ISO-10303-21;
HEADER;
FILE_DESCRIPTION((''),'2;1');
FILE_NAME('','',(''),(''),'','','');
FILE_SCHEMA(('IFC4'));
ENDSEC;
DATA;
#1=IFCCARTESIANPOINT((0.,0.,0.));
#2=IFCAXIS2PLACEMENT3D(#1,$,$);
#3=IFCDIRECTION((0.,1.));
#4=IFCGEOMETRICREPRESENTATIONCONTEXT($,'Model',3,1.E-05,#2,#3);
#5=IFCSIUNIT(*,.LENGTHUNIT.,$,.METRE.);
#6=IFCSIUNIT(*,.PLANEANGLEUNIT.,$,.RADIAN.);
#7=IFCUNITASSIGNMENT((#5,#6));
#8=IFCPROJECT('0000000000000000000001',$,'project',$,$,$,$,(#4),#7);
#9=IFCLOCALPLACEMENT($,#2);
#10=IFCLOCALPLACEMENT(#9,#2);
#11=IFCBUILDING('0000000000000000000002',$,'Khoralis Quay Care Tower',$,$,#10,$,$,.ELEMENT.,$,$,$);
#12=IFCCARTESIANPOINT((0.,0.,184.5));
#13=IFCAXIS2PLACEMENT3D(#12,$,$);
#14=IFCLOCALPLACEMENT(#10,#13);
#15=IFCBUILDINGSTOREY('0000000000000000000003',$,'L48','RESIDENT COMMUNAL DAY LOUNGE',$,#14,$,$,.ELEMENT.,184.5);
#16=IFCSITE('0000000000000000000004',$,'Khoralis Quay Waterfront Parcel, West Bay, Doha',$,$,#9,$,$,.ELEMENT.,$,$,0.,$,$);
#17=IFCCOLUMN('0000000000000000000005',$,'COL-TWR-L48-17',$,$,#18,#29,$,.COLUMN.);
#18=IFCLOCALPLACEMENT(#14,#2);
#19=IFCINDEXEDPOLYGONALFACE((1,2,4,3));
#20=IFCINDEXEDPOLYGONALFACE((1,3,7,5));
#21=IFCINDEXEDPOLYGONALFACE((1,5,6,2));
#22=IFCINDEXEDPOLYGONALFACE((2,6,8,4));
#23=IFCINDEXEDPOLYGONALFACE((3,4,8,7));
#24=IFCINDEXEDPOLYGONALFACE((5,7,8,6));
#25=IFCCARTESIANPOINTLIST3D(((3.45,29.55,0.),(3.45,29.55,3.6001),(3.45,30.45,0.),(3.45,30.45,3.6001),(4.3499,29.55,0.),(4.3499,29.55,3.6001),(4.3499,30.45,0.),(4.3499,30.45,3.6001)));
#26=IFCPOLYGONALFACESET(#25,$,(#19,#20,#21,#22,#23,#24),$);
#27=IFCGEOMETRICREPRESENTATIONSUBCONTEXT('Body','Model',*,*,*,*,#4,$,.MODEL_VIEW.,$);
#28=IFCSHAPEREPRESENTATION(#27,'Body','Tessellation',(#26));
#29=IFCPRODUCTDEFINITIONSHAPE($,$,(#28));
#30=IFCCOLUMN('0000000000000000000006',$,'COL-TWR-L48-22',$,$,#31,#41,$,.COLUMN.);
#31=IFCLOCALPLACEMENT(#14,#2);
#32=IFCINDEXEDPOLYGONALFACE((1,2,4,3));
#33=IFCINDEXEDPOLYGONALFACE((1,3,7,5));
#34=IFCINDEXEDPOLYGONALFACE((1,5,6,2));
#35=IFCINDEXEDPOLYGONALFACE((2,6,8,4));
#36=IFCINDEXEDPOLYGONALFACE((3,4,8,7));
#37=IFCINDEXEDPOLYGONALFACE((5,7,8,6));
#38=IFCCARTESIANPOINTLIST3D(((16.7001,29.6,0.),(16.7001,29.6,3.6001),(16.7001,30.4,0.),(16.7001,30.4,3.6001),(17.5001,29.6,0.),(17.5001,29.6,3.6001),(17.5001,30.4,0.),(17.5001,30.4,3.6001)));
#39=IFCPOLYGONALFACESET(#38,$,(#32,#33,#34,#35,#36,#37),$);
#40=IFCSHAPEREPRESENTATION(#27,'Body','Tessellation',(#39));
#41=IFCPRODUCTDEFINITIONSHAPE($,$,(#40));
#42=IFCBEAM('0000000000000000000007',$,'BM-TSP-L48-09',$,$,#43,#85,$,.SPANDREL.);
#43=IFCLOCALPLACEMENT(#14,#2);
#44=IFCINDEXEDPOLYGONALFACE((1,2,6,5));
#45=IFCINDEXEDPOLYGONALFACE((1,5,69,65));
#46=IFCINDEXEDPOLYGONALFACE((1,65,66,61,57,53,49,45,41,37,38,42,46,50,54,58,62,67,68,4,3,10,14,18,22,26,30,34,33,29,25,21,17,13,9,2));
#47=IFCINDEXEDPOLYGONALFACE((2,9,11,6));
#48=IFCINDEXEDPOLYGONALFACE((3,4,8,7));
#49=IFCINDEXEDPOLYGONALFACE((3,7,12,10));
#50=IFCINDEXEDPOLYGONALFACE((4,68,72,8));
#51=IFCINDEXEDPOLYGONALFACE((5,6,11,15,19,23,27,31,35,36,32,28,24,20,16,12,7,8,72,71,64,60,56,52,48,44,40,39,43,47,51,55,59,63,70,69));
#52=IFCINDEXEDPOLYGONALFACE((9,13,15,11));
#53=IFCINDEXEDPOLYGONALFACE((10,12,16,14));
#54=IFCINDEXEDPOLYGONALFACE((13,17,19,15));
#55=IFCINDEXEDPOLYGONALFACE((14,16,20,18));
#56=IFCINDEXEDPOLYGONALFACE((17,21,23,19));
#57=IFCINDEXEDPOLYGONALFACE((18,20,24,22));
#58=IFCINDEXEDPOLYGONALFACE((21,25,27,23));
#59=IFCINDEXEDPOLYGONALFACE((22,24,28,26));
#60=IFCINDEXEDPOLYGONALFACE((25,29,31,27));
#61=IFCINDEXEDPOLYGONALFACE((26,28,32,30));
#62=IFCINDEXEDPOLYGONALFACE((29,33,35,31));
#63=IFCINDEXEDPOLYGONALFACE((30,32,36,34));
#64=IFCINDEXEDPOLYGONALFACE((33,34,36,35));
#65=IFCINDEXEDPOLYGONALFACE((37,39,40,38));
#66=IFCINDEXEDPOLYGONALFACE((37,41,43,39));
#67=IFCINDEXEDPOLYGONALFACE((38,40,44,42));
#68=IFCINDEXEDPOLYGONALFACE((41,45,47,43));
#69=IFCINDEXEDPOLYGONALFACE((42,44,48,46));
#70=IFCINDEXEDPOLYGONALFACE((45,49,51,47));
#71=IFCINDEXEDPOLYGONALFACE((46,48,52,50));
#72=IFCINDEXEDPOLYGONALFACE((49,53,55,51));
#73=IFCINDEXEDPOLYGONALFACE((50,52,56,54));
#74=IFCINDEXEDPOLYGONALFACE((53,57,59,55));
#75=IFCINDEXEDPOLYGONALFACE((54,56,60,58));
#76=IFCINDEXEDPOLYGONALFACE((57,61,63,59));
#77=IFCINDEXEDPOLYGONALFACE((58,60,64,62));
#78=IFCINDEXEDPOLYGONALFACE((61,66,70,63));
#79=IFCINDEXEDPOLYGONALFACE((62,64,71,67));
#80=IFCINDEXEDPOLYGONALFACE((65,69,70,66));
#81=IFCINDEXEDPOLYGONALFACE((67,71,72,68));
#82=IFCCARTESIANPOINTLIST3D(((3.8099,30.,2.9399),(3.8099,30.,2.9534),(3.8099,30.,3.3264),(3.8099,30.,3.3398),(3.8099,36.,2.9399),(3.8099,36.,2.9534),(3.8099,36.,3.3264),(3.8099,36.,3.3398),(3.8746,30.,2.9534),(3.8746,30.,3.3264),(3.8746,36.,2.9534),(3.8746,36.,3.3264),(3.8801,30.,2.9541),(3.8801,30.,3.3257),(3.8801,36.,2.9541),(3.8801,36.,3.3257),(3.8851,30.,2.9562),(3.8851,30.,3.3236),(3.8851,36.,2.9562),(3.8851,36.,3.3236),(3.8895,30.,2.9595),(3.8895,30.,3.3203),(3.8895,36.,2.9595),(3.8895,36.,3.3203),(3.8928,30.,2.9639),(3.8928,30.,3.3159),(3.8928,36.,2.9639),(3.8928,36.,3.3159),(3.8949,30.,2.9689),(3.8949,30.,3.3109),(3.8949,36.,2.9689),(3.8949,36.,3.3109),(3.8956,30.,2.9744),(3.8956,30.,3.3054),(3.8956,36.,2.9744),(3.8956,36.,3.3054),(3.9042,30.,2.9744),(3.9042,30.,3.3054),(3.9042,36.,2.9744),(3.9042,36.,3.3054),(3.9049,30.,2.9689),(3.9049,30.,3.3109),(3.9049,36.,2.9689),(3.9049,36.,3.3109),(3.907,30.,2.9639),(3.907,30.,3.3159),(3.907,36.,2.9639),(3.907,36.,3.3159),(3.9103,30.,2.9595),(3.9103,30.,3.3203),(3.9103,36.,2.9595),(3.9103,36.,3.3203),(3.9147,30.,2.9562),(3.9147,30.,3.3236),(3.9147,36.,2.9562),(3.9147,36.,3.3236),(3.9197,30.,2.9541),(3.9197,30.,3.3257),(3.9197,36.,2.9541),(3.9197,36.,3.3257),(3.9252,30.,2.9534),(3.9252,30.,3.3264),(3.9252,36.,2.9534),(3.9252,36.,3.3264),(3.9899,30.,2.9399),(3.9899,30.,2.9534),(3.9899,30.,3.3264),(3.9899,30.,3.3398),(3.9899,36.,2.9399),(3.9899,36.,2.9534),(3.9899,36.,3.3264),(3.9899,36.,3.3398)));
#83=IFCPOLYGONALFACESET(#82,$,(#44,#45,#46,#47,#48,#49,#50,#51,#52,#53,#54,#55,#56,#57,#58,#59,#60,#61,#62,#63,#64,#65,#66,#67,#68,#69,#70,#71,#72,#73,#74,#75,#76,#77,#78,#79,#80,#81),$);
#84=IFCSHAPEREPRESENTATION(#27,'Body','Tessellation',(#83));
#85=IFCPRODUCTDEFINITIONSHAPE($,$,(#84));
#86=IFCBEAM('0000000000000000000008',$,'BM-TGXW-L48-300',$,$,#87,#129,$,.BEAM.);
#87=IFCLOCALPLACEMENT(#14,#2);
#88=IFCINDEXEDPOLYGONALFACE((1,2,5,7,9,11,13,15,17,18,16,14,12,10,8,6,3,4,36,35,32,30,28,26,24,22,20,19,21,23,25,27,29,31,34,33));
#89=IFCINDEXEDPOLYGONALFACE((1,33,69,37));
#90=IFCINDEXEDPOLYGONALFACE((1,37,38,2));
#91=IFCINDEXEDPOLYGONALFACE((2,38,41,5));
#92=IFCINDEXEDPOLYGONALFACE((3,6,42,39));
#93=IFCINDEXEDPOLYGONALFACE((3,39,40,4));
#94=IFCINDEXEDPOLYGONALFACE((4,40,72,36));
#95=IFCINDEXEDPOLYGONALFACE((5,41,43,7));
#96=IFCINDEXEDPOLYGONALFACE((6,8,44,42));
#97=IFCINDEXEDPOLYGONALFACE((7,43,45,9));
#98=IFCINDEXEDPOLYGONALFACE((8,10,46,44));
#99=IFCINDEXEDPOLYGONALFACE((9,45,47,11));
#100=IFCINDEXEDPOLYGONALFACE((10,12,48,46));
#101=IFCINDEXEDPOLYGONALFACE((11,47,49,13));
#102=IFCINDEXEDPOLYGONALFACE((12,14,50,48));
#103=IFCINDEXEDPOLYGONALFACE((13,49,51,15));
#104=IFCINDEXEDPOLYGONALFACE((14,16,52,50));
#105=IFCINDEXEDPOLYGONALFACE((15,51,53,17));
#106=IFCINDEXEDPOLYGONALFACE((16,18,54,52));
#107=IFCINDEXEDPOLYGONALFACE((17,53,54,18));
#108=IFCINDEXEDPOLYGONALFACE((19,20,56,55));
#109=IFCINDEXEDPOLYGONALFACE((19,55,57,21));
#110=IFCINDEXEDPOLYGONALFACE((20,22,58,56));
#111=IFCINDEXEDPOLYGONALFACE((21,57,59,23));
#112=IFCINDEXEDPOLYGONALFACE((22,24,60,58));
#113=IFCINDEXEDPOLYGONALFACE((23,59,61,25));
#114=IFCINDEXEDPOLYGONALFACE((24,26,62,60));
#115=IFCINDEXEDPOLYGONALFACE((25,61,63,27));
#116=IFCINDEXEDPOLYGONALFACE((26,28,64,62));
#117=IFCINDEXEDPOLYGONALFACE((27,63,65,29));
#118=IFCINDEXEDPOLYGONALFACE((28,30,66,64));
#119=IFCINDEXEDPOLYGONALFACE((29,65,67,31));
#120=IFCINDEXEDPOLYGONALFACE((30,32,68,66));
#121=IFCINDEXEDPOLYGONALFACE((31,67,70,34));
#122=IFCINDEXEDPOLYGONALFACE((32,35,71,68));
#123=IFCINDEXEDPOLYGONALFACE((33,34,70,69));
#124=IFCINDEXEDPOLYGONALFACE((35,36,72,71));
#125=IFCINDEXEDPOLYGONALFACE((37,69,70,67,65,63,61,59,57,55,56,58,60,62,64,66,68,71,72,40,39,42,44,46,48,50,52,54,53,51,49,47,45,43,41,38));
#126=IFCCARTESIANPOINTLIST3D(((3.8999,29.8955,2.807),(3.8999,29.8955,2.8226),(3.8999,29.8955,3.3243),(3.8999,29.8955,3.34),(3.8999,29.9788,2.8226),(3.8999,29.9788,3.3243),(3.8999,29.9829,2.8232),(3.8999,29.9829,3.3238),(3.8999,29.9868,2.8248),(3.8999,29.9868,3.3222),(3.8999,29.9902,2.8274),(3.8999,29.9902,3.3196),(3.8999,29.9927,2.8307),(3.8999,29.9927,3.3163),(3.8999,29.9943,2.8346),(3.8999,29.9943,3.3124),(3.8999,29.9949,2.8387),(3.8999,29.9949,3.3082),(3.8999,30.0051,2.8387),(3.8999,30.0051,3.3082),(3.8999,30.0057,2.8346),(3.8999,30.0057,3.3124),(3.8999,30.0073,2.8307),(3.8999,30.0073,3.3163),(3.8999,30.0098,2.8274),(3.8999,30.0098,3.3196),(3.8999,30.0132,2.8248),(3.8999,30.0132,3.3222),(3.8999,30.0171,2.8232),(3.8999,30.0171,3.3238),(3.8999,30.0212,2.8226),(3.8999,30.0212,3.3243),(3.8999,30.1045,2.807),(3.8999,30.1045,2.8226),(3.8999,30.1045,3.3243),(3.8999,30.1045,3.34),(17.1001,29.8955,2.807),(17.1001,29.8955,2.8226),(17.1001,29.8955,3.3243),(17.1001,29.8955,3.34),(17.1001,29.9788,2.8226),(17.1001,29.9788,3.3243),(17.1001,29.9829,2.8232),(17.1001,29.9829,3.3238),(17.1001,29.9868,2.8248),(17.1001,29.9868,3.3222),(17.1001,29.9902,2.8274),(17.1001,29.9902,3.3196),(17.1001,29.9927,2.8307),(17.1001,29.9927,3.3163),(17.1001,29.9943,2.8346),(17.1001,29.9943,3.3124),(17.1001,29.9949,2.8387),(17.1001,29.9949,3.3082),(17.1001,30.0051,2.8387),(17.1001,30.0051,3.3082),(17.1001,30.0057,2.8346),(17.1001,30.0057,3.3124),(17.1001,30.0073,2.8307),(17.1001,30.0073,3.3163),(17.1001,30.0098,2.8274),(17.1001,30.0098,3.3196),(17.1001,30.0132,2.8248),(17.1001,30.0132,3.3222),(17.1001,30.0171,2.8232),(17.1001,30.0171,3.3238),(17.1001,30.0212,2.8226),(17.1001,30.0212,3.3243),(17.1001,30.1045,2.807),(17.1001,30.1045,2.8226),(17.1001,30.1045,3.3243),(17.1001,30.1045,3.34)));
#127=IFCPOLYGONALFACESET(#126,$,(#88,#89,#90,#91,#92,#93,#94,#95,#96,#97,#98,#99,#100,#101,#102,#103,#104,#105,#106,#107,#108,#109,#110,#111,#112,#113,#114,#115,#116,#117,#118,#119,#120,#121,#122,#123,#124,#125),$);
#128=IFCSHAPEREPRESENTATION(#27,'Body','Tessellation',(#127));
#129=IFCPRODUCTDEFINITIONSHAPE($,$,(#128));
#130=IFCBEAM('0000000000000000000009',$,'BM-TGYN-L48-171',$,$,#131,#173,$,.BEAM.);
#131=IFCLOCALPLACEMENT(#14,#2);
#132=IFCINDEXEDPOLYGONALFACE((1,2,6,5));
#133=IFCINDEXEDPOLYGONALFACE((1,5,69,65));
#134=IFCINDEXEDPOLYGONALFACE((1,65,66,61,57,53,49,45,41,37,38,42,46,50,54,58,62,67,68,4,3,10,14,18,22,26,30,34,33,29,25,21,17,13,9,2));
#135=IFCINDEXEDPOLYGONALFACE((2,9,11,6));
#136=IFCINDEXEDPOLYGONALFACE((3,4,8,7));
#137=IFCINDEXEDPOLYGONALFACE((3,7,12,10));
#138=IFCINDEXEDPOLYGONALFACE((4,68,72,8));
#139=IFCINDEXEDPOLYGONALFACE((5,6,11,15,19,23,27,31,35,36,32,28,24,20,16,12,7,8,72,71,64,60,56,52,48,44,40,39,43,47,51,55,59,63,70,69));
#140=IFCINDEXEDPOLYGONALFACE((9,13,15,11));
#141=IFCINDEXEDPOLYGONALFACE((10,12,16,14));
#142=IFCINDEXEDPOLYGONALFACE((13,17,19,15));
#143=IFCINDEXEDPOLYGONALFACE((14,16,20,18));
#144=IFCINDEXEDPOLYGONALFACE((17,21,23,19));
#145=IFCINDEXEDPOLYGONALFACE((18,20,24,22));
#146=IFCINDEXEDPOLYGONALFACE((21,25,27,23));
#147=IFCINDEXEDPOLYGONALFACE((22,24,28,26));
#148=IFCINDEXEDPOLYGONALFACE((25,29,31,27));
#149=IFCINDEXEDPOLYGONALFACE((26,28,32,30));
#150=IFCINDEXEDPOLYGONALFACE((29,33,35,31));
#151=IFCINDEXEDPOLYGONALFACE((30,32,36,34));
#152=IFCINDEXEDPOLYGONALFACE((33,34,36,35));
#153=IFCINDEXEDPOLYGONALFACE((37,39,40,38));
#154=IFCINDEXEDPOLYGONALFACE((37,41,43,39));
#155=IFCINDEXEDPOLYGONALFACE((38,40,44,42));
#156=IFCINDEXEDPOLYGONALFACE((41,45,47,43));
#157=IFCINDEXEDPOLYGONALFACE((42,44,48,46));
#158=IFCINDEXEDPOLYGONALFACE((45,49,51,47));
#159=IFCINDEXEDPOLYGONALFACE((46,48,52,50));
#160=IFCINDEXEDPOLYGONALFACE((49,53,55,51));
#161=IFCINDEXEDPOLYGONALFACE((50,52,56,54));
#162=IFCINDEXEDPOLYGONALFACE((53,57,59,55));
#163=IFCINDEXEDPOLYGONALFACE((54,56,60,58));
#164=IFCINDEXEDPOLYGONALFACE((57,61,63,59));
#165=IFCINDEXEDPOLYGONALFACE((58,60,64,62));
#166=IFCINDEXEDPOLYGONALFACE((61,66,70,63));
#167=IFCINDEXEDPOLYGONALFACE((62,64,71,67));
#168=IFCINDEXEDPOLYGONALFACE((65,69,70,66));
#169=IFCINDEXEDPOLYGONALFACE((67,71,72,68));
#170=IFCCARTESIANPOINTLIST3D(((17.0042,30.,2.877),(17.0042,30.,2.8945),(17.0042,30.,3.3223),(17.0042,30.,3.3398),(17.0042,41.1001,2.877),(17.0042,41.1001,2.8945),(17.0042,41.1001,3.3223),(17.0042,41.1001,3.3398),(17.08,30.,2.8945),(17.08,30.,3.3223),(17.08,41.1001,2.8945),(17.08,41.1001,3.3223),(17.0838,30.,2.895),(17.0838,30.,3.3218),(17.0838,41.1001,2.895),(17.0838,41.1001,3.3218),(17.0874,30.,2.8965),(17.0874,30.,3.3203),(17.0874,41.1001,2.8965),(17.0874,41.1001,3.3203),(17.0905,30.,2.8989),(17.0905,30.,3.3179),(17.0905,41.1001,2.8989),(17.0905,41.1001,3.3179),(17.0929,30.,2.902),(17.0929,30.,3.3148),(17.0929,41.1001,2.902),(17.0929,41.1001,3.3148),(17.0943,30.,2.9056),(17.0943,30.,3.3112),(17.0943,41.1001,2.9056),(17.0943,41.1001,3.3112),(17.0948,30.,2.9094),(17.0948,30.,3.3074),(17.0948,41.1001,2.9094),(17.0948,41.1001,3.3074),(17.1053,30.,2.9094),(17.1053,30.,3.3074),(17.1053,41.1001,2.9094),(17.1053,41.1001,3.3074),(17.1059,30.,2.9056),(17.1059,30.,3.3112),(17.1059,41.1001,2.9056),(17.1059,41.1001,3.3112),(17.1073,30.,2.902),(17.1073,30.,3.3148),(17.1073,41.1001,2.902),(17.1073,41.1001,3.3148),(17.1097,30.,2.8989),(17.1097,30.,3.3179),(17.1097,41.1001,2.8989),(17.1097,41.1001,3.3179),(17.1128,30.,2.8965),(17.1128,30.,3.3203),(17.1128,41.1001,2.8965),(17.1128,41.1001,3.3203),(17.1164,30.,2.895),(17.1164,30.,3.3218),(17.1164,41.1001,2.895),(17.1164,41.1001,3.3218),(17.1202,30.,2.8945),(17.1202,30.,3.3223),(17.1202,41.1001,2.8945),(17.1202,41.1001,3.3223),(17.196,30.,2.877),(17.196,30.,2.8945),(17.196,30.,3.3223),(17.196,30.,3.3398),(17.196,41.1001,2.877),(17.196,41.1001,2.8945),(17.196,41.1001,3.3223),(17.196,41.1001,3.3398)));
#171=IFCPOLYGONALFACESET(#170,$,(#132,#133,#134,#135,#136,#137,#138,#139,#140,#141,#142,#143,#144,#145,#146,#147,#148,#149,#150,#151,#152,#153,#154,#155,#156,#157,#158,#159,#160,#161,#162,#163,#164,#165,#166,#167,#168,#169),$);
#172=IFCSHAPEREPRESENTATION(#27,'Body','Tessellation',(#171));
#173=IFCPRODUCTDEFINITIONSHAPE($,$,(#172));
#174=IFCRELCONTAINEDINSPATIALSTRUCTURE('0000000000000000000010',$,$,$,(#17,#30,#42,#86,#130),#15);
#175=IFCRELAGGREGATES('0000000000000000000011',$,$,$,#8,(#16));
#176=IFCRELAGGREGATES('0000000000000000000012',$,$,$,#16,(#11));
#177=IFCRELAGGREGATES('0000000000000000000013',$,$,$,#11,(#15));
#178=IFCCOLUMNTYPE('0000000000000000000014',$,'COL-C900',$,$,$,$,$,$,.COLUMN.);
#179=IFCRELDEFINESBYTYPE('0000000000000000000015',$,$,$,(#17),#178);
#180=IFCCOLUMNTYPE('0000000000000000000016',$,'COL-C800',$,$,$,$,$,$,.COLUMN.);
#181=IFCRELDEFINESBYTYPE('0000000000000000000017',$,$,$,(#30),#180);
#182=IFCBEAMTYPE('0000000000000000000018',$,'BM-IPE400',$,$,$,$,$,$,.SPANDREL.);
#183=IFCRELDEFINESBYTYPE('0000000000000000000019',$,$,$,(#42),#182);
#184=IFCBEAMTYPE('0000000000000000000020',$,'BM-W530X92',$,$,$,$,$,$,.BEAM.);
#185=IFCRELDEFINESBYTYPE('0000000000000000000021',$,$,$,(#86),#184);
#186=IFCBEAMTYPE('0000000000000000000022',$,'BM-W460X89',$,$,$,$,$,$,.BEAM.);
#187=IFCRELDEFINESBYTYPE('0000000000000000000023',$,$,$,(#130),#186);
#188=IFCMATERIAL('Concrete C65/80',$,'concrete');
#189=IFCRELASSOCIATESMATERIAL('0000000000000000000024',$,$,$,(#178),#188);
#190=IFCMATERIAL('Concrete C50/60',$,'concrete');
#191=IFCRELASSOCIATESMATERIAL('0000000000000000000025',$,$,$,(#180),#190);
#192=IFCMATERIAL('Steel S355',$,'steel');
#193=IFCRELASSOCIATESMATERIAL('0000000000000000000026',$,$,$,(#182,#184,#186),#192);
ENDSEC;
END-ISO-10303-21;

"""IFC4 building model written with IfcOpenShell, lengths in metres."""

from ifc_helpers import new_model, si_unit, direction, frame, origin, origin_2d, place, context, subcontext, project, spatial, rectangle, i_section, extrude, source, transform, mapped, material, material_profile, profile_set, type_object, element, save


model = new_model("IFC4")

# Units and contexts
model_context = context("Model", 3, precision=1e-05, world=origin(), true_north=direction((0.0, 1.0)))
body_context = subcontext(model_context, "Body", "Model", "MODEL_VIEW")
ifc_project = project(units=[si_unit("LENGTHUNIT", "METRE"), si_unit("PLANEANGLEUNIT", "RADIAN")], contexts=[model_context])

# Site, building, storey
site_placement = place(None, origin())
site = spatial("IfcSite", under=ifc_project, at=site_placement, Name="Khoralis Quay Waterfront Parcel, West Bay, Doha", CompositionType="ELEMENT", RefElevation=0.0)
building_placement = place(site_placement, origin())
building = spatial("IfcBuilding", under=site, at=building_placement, Name="Khoralis Quay Care Tower", CompositionType="ELEMENT")
storey_placement = place(building_placement, frame((0.0, 0.0, 184.5)))
storey = spatial("IfcBuildingStorey", under=building, at=storey_placement, Name="L48", Description="RESIDENT COMMUNAL DAY LOUNGE", CompositionType="ELEMENT", Elevation=184.5)

# Columns
ifc_material_1 = material(Name="Concrete C65/80", Category="concrete")
ifc_material_profile_1 = material_profile(ifc_material_1, rectangle(XDim=0.8999, YDim=0.8999, at=origin_2d()), Name="Concrete C65/80")
ifc_profile_set_1 = profile_set([ifc_material_profile_1], Name="Concrete C65/80")
column_type_1 = type_object("IfcColumnType", Name="COL-C900", PredefinedType="COLUMN", material=ifc_profile_set_1)
shared_shape_1 = source(origin(), body_context, "Body", "SweptSolid", [
    extrude(rectangle(XDim=0.8999, YDim=0.8999, at=origin_2d()), origin(), (0.0, 0.0, 1.0), 3.6001),
])
column_1_placement = place(storey_placement, frame((3.8999, 30.0, 0.0), z_axis=(0.0, 0.0, 1.0), x_axis=(1.0, 0.0, 0.0)))
element("IfcColumn", 1, at=column_1_placement, inside=storey, type_object=column_type_1, Name="COL-TWR-L48-17", PredefinedType="COLUMN", context=body_context, shape_type="MappedRepresentation", body=[
    mapped(shared_shape_1, transform((0.0, 0.0, 0.0), scale=1.0)),
])
ifc_material_2 = material(Name="Concrete C50/60", Category="concrete")
ifc_material_profile_2 = material_profile(ifc_material_2, rectangle(XDim=0.8, YDim=0.8, at=origin_2d()), Name="Concrete C50/60")
ifc_profile_set_2 = profile_set([ifc_material_profile_2], Name="Concrete C50/60")
column_type_2 = type_object("IfcColumnType", Name="COL-C800", PredefinedType="COLUMN", material=ifc_profile_set_2)
shared_shape_2 = source(origin(), body_context, "Body", "SweptSolid", [
    extrude(rectangle(XDim=0.8, YDim=0.8, at=origin_2d()), origin(), (0.0, 0.0, 1.0), 3.6001),
])
column_2_placement = place(storey_placement, frame((17.1001, 30.0, 0.0), z_axis=(0.0, 0.0, 1.0), x_axis=(1.0, 0.0, 0.0)))
element("IfcColumn", 2, at=column_2_placement, inside=storey, type_object=column_type_2, Name="COL-TWR-L48-22", PredefinedType="COLUMN", context=body_context, shape_type="MappedRepresentation", body=[
    mapped(shared_shape_2, transform((0.0, 0.0, 0.0), scale=1.0)),
])

# Beams
ifc_material_3 = material(Name="Steel S355", Category="steel")
ifc_material_profile_3 = material_profile(ifc_material_3, i_section(OverallWidth=0.1799, OverallDepth=0.3999, WebThickness=0.0085, FlangeThickness=0.0134, FilletRadius=0.021, at=origin_2d()), Name="Steel S355")
ifc_profile_set_3 = profile_set([ifc_material_profile_3], Name="Steel S355")
beam_type_1 = type_object("IfcBeamType", Name="BM-IPE400", PredefinedType="SPANDREL", material=ifc_profile_set_3)
shared_shape_3 = source(origin(), body_context, "Body", "SweptSolid", [
    extrude(i_section(OverallWidth=0.1799, OverallDepth=0.3999, WebThickness=0.0085, FlangeThickness=0.0134, FilletRadius=0.021, at=origin_2d()), origin(), (0.0, 0.0, 1.0), 6.0),
])
beam_1_placement = place(storey_placement, frame((3.8999, 30.0, 3.1399), z_axis=(0.0, 1.0, 0.0), x_axis=(-1.0, 0.0, 0.0)))
element("IfcBeam", 3, at=beam_1_placement, inside=storey, type_object=beam_type_1, Name="BM-TSP-L48-09", PredefinedType="SPANDREL", context=body_context, shape_type="MappedRepresentation", body=[
    mapped(shared_shape_3, transform((0.0, 0.0, 0.0), scale=1.0)),
])
ifc_material_profile_4 = material_profile(ifc_material_3, i_section(OverallWidth=0.209, OverallDepth=0.533, WebThickness=0.0103, FlangeThickness=0.0156, FilletRadius=0.0161, at=origin_2d()), Name="Steel S355")
ifc_profile_set_4 = profile_set([ifc_material_profile_4], Name="Steel S355")
beam_type_2 = type_object("IfcBeamType", Name="BM-W530X92", PredefinedType="BEAM", material=ifc_profile_set_4)
shared_shape_4 = source(origin(), body_context, "Body", "SweptSolid", [
    extrude(i_section(OverallWidth=0.209, OverallDepth=0.533, WebThickness=0.0103, FlangeThickness=0.0156, FilletRadius=0.0161, at=origin_2d()), origin(), (0.0, 0.0, 1.0), 13.2002),
])
beam_2_placement = place(storey_placement, frame((3.8999, 30.0, 3.0735), z_axis=(1.0, 0.0, 0.0), x_axis=(0.0, 1.0, 0.0)))
element("IfcBeam", 4, at=beam_2_placement, inside=storey, type_object=beam_type_2, Name="BM-TGXW-L48-300", PredefinedType="BEAM", context=body_context, shape_type="MappedRepresentation", body=[
    mapped(shared_shape_4, transform((0.0, 0.0, 0.0), scale=1.0)),
])
ifc_material_profile_5 = material_profile(ifc_material_3, i_section(OverallWidth=0.1919, OverallDepth=0.4629, WebThickness=0.0105, FlangeThickness=0.0176, FilletRadius=0.0149, at=origin_2d()), Name="Steel S355")
ifc_profile_set_5 = profile_set([ifc_material_profile_5], Name="Steel S355")
beam_type_3 = type_object("IfcBeamType", Name="BM-W460X89", PredefinedType="BEAM", material=ifc_profile_set_5)
shared_shape_5 = source(origin(), body_context, "Body", "SweptSolid", [
    extrude(i_section(OverallWidth=0.1919, OverallDepth=0.4629, WebThickness=0.0105, FlangeThickness=0.0176, FilletRadius=0.0149, at=origin_2d()), origin(), (0.0, 0.0, 1.0), 11.1001),
])
beam_3_placement = place(storey_placement, frame((17.1001, 30.0, 3.1084), z_axis=(0.0, 1.0, 0.0), x_axis=(-1.0, 0.0, 0.0)))
element("IfcBeam", 5, at=beam_3_placement, inside=storey, type_object=beam_type_3, Name="BM-TGYN-L48-171", PredefinedType="BEAM", context=body_context, shape_type="MappedRepresentation", body=[
    mapped(shared_shape_5, transform((0.0, 0.0, 0.0), scale=1.0)),
])

save(model, "model.ifc")
